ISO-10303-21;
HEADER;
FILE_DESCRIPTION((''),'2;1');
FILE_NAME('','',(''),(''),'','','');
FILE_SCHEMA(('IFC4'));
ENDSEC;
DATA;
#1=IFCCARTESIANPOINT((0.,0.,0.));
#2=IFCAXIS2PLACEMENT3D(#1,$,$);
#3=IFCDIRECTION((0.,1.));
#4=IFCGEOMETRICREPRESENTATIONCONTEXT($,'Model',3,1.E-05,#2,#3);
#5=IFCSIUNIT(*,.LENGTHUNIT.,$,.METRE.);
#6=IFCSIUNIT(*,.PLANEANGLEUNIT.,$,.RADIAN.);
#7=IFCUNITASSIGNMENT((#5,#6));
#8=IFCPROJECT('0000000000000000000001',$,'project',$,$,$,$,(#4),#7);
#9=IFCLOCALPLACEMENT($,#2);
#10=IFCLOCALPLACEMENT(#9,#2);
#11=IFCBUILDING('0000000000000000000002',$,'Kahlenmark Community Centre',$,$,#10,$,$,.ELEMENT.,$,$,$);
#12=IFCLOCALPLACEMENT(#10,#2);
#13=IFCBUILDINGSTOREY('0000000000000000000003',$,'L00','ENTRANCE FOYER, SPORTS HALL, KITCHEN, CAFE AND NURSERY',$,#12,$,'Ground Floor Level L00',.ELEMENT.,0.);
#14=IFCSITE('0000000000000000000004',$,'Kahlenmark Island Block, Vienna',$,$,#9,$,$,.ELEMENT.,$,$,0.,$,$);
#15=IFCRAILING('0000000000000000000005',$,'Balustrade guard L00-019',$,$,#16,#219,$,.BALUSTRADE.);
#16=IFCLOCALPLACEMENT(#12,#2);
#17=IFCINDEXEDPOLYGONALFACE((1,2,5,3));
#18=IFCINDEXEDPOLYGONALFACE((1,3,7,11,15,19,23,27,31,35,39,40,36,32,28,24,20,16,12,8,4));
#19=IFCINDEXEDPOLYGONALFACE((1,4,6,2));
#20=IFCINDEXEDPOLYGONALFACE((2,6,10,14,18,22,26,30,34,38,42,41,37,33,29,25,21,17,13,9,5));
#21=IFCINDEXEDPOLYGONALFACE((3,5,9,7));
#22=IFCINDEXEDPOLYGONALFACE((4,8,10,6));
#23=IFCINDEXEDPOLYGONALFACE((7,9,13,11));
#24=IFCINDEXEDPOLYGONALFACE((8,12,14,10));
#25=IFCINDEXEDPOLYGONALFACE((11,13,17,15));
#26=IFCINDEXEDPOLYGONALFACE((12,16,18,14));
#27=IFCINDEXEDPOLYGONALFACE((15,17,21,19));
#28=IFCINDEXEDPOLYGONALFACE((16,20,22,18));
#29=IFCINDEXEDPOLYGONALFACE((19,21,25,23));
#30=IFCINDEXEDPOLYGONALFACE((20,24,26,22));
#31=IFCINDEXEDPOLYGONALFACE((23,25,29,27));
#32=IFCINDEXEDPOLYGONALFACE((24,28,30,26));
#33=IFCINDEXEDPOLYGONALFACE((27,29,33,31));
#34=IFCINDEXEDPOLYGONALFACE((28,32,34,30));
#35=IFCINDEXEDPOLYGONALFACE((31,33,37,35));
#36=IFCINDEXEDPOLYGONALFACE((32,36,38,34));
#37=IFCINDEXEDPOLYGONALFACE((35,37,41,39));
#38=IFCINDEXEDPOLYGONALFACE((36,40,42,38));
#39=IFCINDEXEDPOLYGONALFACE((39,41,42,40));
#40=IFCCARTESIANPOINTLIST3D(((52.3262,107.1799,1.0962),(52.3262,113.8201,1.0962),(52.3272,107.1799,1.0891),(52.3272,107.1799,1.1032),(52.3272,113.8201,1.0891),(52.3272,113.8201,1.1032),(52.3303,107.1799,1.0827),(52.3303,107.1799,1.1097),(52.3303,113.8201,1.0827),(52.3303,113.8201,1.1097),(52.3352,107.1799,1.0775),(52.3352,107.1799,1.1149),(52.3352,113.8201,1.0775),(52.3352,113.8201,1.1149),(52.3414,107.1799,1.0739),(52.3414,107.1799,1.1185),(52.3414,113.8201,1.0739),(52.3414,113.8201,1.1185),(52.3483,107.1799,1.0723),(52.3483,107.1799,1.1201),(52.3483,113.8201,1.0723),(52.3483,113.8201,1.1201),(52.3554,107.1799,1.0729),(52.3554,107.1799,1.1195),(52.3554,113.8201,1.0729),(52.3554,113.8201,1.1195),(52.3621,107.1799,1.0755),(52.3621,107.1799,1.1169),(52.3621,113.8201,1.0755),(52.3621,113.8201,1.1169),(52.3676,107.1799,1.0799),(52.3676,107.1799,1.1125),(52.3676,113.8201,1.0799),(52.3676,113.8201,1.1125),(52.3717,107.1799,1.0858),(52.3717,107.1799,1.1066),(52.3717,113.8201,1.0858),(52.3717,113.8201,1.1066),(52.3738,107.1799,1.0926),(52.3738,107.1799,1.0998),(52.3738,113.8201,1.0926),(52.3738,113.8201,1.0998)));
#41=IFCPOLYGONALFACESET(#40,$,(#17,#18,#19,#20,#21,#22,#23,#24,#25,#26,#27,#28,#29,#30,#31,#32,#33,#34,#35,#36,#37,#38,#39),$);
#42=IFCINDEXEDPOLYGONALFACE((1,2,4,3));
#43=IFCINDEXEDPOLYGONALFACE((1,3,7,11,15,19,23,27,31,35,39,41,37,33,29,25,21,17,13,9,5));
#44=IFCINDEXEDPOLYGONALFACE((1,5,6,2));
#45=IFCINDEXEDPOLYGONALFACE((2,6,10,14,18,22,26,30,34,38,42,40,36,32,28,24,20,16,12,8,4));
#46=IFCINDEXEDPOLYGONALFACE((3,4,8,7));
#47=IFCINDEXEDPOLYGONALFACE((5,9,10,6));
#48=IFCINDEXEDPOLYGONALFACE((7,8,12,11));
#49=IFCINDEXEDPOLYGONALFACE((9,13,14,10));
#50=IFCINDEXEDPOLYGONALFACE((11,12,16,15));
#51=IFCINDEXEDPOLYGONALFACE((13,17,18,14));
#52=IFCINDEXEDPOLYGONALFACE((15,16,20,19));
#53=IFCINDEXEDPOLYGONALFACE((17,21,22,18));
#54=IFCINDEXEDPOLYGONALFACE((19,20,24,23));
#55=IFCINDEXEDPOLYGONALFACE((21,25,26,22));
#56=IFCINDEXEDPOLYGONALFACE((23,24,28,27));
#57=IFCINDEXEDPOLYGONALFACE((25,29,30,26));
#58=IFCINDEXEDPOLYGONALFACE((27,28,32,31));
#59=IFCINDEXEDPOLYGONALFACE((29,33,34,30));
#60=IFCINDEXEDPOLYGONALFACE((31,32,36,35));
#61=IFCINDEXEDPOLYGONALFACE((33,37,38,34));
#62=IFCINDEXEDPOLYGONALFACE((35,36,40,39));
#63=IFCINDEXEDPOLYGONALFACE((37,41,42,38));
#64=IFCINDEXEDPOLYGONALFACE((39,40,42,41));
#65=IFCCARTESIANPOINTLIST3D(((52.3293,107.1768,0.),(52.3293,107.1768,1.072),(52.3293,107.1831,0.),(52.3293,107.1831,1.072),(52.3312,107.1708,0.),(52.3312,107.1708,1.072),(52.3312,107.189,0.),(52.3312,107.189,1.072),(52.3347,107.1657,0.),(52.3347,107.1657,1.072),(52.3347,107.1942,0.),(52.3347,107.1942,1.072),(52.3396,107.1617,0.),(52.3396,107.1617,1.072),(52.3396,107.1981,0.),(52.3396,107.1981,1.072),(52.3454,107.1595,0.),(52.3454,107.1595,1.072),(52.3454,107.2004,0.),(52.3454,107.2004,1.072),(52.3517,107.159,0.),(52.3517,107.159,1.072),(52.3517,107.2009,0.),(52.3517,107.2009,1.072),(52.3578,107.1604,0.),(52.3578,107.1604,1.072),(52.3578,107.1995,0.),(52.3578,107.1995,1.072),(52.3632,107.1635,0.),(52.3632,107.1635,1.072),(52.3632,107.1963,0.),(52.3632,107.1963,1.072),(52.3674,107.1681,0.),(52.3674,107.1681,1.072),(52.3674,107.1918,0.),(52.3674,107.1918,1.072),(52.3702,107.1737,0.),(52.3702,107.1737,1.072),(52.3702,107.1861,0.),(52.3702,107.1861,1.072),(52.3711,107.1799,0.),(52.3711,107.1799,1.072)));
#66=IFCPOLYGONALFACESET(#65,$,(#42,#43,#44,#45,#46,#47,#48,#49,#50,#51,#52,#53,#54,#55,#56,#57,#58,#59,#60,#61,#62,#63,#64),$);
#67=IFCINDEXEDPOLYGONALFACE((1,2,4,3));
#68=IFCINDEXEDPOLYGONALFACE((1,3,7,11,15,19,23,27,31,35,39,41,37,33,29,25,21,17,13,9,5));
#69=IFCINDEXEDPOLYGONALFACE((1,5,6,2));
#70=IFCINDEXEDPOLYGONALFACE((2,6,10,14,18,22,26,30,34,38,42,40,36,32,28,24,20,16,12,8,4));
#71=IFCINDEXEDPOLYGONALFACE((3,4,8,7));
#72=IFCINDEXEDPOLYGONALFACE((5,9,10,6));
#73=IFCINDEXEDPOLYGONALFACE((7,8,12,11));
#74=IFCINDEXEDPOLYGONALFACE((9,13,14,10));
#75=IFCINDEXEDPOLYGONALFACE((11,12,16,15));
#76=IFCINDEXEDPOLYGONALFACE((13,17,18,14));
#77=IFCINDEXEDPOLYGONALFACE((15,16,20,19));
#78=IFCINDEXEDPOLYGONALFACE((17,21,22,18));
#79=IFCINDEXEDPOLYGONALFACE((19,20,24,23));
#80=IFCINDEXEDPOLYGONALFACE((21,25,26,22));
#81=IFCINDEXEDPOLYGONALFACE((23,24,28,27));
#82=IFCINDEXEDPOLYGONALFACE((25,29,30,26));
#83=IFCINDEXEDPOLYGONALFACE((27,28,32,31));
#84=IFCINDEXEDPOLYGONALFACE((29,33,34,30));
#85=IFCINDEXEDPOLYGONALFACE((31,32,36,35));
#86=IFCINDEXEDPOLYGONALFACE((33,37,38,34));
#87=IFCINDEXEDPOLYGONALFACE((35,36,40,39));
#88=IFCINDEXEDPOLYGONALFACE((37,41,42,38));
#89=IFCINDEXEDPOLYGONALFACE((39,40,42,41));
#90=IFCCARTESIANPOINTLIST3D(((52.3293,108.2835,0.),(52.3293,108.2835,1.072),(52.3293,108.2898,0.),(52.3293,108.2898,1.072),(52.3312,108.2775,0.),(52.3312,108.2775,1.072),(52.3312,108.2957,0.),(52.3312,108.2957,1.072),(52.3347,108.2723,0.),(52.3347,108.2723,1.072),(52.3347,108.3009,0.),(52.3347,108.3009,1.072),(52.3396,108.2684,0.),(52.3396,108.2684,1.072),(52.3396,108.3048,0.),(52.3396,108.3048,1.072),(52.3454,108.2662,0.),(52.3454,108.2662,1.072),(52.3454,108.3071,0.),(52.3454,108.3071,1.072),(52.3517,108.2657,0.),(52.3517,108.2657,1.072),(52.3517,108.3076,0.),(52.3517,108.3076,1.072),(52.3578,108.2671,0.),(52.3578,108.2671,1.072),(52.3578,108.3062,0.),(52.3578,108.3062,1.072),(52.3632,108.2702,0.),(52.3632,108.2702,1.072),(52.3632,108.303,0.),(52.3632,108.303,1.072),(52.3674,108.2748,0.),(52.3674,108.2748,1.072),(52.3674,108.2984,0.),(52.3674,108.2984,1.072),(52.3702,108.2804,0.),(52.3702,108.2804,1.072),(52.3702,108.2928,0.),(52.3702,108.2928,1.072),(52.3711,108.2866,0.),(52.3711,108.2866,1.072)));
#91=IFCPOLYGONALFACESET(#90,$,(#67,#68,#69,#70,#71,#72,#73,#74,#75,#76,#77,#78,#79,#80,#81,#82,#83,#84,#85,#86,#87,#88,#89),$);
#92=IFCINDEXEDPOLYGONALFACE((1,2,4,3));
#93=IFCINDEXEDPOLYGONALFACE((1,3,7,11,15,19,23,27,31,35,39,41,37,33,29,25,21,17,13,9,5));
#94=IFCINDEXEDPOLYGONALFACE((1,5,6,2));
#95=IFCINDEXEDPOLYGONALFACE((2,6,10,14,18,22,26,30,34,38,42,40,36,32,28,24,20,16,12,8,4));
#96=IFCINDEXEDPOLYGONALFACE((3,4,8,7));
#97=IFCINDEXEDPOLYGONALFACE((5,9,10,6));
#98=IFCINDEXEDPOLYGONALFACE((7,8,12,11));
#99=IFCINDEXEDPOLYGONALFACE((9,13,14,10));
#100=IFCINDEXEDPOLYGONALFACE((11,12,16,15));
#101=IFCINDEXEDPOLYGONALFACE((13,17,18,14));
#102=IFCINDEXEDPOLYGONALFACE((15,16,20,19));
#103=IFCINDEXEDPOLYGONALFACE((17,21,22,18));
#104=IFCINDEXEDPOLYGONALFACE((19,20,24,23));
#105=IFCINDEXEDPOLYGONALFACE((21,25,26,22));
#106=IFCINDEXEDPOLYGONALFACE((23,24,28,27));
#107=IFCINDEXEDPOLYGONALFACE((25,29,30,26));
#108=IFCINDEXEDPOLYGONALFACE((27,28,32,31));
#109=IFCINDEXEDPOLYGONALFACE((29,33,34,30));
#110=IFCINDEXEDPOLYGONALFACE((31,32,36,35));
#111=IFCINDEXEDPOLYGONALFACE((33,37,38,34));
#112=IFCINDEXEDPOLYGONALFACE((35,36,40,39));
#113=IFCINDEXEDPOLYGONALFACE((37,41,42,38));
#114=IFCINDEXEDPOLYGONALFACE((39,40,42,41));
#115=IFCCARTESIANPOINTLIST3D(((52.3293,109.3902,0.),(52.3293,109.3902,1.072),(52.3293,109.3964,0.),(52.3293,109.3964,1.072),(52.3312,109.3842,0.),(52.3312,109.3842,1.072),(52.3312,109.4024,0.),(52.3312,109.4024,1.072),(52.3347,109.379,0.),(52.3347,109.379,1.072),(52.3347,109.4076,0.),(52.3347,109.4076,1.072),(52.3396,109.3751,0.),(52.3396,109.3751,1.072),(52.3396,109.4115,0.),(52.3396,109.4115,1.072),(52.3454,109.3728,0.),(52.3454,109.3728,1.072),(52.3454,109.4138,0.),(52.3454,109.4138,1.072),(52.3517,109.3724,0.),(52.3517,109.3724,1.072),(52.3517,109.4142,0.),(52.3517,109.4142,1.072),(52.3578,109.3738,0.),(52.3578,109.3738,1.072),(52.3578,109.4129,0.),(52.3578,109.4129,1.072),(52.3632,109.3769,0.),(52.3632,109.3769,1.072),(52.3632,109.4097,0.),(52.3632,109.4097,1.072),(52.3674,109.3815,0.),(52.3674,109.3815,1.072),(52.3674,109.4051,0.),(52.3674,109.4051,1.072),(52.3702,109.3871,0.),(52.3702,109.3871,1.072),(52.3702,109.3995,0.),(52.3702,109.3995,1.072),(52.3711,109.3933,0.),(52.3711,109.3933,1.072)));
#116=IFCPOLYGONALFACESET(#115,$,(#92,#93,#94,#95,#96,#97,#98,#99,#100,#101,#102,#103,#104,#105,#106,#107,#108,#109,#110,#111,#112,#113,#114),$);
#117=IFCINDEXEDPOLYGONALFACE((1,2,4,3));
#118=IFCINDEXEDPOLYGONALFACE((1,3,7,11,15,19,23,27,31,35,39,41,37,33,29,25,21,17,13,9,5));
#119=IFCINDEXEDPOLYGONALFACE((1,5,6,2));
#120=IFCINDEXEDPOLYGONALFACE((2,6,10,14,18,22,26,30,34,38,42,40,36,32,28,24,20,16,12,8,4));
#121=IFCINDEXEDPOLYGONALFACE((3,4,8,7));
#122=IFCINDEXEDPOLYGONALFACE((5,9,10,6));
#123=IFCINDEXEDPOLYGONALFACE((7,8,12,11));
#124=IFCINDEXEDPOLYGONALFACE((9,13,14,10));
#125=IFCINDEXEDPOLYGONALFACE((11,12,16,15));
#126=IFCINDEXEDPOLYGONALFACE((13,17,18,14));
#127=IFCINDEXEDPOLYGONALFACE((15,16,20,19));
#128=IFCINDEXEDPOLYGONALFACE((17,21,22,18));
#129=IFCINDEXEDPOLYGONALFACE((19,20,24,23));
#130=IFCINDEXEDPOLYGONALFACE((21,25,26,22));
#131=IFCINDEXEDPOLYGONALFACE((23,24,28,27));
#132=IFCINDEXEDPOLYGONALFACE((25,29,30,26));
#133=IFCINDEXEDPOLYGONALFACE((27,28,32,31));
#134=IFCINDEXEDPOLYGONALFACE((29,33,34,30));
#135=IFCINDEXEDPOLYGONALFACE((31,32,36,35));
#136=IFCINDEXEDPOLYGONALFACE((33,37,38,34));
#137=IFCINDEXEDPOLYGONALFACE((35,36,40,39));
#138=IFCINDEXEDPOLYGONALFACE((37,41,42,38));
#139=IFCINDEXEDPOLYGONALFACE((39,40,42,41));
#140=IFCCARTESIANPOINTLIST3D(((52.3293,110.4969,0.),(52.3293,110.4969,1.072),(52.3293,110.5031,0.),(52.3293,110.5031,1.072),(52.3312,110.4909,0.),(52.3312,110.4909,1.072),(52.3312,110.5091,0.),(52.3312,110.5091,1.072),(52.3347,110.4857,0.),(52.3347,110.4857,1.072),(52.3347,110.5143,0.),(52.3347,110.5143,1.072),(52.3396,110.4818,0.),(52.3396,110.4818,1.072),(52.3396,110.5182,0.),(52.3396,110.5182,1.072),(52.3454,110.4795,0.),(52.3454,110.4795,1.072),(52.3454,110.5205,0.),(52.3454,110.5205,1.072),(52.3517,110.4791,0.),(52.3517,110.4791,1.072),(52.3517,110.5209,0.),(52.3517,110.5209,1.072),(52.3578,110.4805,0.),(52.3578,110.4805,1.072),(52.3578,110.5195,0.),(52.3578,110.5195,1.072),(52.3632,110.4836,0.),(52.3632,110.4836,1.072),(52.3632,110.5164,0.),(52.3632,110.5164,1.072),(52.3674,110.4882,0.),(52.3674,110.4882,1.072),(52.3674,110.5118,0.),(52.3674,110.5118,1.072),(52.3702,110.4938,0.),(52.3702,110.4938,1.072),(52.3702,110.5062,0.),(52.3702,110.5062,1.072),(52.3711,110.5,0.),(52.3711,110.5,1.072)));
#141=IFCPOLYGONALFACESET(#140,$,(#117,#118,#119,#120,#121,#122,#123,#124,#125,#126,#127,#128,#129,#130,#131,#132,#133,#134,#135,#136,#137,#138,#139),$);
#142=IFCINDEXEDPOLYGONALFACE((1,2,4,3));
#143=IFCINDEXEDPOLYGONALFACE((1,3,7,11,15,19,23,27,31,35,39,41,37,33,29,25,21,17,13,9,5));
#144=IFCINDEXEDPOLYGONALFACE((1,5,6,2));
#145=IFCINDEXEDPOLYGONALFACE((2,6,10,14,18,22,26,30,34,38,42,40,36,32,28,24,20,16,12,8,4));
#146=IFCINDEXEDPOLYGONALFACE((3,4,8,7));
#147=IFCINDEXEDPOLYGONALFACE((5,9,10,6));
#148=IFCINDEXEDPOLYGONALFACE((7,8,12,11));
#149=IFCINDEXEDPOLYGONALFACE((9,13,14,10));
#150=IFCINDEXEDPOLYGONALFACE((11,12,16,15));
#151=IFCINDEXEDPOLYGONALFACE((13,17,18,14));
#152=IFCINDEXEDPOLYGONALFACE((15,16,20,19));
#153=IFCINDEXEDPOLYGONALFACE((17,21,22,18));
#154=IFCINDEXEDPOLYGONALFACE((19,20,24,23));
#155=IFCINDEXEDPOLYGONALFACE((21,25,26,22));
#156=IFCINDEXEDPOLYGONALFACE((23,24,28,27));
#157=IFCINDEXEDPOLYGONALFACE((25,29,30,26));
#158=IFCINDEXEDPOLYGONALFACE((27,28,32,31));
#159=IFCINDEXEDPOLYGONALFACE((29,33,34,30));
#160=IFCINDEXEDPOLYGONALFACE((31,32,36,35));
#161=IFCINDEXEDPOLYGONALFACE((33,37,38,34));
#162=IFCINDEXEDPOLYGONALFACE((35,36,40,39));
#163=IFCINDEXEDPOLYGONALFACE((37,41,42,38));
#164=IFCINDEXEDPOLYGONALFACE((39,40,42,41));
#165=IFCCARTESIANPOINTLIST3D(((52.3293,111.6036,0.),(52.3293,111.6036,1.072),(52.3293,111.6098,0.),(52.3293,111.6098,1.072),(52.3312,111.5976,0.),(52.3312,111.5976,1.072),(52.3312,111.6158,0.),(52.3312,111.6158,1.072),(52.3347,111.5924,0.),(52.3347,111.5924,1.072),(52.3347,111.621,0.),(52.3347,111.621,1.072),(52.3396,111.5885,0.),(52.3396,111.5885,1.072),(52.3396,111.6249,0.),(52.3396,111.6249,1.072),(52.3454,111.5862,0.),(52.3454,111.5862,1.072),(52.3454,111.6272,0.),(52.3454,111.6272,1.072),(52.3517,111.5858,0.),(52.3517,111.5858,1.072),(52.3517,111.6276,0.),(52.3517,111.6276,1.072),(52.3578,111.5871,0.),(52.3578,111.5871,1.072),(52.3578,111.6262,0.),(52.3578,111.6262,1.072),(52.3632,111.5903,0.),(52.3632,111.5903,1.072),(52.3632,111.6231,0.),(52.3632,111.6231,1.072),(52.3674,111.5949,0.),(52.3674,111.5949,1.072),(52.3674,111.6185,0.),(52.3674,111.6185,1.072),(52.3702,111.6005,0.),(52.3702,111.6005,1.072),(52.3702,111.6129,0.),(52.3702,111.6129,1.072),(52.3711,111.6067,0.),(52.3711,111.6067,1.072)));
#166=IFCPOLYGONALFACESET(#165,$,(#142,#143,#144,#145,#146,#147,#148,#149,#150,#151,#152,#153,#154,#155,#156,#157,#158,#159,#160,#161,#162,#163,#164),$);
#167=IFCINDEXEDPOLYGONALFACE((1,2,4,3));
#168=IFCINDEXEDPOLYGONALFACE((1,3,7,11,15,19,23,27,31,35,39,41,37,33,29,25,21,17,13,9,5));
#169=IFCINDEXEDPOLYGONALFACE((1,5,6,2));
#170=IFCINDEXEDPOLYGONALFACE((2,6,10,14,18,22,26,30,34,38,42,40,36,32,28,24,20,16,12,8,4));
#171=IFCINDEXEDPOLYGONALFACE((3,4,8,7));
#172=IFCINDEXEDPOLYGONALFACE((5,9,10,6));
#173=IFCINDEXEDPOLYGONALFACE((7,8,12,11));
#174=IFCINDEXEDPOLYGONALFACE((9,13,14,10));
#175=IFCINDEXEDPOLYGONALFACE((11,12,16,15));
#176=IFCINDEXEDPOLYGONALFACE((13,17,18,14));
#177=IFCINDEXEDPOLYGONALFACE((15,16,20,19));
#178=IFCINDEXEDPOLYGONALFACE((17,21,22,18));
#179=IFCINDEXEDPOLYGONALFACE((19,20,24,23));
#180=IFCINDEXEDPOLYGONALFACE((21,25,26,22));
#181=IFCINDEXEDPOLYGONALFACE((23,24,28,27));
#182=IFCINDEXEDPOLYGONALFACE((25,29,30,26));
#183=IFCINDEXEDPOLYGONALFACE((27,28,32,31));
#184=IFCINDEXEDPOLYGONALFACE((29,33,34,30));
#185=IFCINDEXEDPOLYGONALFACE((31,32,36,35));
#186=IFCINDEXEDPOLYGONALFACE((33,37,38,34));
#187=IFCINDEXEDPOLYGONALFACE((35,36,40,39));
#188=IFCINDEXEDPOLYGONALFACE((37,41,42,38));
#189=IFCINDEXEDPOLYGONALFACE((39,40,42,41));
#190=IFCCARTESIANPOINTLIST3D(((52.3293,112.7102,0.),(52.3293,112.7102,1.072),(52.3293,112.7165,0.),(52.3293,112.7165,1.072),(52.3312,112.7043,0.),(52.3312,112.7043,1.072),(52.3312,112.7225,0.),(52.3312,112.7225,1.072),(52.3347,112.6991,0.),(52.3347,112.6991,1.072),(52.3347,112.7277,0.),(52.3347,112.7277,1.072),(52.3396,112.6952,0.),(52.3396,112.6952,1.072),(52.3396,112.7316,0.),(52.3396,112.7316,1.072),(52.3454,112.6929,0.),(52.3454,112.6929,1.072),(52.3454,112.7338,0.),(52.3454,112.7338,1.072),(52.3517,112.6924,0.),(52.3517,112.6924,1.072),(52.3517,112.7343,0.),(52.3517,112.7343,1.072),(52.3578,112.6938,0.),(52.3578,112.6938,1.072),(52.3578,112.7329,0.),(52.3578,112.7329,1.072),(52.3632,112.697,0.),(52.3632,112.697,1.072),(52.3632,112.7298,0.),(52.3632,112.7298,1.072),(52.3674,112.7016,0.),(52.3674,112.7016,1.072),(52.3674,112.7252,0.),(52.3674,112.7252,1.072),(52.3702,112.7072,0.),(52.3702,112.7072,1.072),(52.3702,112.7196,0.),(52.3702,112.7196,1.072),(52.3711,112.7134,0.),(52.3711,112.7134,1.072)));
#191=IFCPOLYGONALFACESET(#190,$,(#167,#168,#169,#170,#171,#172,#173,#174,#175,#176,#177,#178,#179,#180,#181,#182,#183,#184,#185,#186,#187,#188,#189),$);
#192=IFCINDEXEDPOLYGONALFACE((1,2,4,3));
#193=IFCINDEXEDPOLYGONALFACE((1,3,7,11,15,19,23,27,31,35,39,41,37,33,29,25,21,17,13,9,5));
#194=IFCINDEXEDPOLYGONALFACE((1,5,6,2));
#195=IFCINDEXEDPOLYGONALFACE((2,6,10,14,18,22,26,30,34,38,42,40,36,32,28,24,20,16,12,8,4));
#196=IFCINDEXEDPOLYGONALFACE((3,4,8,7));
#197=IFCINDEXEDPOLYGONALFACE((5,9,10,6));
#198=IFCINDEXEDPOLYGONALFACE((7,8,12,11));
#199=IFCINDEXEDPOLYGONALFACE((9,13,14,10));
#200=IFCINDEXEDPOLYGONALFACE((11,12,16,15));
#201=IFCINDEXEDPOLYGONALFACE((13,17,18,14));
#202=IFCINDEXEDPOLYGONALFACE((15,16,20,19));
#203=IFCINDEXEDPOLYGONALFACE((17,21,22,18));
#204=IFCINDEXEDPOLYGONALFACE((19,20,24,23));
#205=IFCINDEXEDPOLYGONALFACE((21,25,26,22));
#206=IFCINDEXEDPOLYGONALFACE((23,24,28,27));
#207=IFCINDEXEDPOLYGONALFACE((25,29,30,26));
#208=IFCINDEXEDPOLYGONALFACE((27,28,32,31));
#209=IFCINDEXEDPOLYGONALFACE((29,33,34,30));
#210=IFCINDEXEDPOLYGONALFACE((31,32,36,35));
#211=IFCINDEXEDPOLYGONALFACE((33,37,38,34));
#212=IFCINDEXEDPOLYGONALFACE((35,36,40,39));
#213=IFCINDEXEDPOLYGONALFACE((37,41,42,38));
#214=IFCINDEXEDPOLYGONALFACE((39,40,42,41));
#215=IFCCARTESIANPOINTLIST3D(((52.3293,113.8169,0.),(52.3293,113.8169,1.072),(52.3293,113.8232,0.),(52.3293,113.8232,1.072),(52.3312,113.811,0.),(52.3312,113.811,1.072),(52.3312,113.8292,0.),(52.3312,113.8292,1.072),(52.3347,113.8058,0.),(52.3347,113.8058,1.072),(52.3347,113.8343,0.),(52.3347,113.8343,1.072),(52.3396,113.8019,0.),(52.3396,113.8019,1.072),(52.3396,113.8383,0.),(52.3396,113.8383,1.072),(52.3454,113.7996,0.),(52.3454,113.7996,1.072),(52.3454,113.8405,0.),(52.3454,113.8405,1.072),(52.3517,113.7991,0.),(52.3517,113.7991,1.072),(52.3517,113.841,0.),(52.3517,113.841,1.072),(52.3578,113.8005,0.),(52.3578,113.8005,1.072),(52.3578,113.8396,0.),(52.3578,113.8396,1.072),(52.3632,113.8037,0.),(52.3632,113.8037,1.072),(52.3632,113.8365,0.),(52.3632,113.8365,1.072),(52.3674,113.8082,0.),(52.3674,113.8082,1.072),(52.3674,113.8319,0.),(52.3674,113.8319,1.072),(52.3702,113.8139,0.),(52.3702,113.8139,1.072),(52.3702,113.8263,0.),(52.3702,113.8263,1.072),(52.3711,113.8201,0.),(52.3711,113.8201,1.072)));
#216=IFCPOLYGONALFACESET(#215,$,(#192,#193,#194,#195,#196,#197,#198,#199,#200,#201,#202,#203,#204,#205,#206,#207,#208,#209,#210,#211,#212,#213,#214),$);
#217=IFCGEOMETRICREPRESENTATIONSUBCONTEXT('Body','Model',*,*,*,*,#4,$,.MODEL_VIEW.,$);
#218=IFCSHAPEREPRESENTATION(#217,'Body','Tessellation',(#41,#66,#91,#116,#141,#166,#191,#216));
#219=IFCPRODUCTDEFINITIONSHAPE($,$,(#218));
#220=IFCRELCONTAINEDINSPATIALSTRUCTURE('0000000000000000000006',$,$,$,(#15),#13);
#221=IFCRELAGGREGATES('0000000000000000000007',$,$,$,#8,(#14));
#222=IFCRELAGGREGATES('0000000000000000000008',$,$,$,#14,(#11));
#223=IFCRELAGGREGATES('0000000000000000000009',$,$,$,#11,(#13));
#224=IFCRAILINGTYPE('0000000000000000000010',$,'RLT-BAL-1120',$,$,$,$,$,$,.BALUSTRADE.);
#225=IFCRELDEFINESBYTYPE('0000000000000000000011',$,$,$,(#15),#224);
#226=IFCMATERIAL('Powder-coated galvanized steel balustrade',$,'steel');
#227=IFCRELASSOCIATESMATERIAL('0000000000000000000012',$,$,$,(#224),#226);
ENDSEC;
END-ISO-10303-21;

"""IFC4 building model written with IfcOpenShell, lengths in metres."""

from ifc_helpers import new_model, si_unit, direction, frame, origin, origin_2d, place, context, subcontext, project, spatial, circle, extrude, material, type_object, element, save


model = new_model("IFC4")

# Units and contexts
model_context = context("Model", 3, precision=1e-05, world=origin(), true_north=direction((0.0, 1.0)))
body_context = subcontext(model_context, "Body", "Model", "MODEL_VIEW")
ifc_project = project(units=[si_unit("LENGTHUNIT", "METRE"), si_unit("PLANEANGLEUNIT", "RADIAN")], contexts=[model_context])

# Site, building, storey
site_placement = place(None, origin())
site = spatial("IfcSite", under=ifc_project, at=site_placement, Name="Kahlenmark Island Block, Vienna", CompositionType="ELEMENT", RefElevation=0.0)
building_placement = place(site_placement, origin())
building = spatial("IfcBuilding", under=site, at=building_placement, Name="Kahlenmark Community Centre", CompositionType="ELEMENT")
storey_placement = place(building_placement, origin())
storey = spatial("IfcBuildingStorey", under=building, at=storey_placement, Name="L00", Description="ENTRANCE FOYER, SPORTS HALL, KITCHEN, CAFE AND NURSERY", LongName="Ground Floor Level L00", CompositionType="ELEMENT", Elevation=0.0)

# Railing
ifc_material_1 = material(Name="Powder-coated galvanized steel balustrade", Category="steel")
railing_type = type_object("IfcRailingType", Name="RLT-BAL-1120", PredefinedType="BALUSTRADE", material=ifc_material_1)
railing_1_placement = place(storey_placement, frame((52.3501, 107.1799, 0.0)))
element("IfcRailing", 1, at=railing_1_placement, inside=storey, type_object=railing_type, Name="Balustrade guard L00-019", PredefinedType="BALUSTRADE", context=body_context, shape_type="SweptSolid", body=[
    extrude(circle(Radius=0.0239, at=origin_2d()), frame((0.0, 0.0, 1.0962), z_axis=(0.0, 1.0, 0.0), x_axis=(-1.0, 0.0, 0.0)), (0.0, 0.0, 1.0), 6.6401),
    extrude(circle(Radius=0.021, at=origin_2d()), origin(), (0.0, 0.0, 1.0), 1.072),
    extrude(circle(Radius=0.021, at=origin_2d()), frame((0.0, 1.1067, 0.0)), (0.0, 0.0, 1.0), 1.072),
    extrude(circle(Radius=0.021, at=origin_2d()), frame((0.0, 2.2134, 0.0)), (0.0, 0.0, 1.0), 1.072),
    extrude(circle(Radius=0.021, at=origin_2d()), frame((0.0, 3.3201, 0.0)), (0.0, 0.0, 1.0), 1.072),
    extrude(circle(Radius=0.021, at=origin_2d()), frame((0.0, 4.4268, 0.0)), (0.0, 0.0, 1.0), 1.072),
    extrude(circle(Radius=0.021, at=origin_2d()), frame((0.0, 5.5334, 0.0)), (0.0, 0.0, 1.0), 1.072),
    extrude(circle(Radius=0.021, at=origin_2d()), frame((0.0, 6.6401, 0.0)), (0.0, 0.0, 1.0), 1.072),
])

save(model, "model.ifc")
